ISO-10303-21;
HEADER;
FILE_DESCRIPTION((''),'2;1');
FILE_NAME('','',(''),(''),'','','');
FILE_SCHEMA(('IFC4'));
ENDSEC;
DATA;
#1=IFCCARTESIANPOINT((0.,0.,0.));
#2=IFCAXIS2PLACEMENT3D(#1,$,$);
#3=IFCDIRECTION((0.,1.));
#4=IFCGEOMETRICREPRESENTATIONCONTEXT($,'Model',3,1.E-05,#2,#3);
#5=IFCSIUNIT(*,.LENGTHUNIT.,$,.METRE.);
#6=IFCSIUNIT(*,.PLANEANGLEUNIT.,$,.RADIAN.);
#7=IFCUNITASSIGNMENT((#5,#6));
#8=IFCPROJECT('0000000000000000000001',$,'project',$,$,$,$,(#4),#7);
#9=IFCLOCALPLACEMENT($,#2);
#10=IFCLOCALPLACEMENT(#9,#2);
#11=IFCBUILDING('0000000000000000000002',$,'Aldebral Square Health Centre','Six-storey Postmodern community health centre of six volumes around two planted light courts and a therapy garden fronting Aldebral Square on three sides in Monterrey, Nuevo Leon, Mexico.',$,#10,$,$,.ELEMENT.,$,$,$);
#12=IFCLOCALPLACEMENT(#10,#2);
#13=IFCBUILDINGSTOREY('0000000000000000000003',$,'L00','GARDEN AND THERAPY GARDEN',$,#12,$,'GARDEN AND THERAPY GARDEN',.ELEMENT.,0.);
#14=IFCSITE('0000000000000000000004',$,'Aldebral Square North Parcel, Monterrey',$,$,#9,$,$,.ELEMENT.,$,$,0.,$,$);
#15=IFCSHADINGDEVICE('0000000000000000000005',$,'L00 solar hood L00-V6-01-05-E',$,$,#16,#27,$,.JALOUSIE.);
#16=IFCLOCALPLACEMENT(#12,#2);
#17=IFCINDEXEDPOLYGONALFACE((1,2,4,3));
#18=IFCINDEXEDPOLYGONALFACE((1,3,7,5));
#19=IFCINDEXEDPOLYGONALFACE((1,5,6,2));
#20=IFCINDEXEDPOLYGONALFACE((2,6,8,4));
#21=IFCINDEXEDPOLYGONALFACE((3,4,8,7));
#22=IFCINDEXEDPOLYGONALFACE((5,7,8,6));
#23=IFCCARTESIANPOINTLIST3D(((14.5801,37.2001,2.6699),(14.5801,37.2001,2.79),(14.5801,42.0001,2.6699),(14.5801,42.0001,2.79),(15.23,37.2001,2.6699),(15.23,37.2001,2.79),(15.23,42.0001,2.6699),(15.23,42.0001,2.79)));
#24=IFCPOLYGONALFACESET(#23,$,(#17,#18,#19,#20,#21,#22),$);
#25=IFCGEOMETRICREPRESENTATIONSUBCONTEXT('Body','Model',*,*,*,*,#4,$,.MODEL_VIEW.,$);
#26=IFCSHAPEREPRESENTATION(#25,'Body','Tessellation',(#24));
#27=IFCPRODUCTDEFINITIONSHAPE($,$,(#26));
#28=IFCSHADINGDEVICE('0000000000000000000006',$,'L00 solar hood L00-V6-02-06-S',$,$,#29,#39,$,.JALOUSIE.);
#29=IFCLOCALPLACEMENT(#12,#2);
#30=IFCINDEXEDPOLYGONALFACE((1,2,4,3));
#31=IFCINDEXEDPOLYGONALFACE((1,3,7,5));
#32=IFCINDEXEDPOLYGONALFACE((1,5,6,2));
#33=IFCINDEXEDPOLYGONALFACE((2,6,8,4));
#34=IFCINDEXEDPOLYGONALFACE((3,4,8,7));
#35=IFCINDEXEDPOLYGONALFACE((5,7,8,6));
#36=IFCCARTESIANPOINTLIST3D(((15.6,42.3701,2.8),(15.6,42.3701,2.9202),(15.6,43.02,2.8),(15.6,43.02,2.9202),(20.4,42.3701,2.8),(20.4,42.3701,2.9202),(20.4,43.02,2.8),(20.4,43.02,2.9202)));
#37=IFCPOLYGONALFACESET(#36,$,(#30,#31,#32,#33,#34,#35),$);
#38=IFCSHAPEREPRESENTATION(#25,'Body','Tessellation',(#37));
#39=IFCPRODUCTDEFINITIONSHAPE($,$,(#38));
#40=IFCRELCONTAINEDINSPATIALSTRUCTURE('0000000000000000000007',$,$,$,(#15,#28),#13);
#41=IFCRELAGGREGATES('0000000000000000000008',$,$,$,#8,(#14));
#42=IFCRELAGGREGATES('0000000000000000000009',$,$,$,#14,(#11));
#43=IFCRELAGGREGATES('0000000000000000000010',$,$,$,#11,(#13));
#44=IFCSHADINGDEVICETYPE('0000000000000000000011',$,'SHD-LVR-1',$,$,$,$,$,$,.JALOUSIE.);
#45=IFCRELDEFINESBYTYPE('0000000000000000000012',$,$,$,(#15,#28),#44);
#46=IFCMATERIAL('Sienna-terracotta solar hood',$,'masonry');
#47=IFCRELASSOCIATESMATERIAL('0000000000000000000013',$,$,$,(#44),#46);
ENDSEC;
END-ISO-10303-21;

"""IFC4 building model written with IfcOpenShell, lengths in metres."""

from ifc_helpers import new_model, si_unit, direction, frame, origin, origin_2d, place, context, subcontext, project, spatial, rectangle, extrude, material, type_object, element, save


model = new_model("IFC4")

# Units and contexts
model_context = context("Model", 3, precision=1e-05, world=origin(), true_north=direction((0.0, 1.0)))
body_context = subcontext(model_context, "Body", "Model", "MODEL_VIEW")
ifc_project = project(units=[si_unit("LENGTHUNIT", "METRE"), si_unit("PLANEANGLEUNIT", "RADIAN")], contexts=[model_context])

# Site, building, storey
site_placement = place(None, origin())
site = spatial("IfcSite", under=ifc_project, at=site_placement, Name="Aldebral Square North Parcel, Monterrey", CompositionType="ELEMENT", RefElevation=0.0)
building_placement = place(site_placement, origin())
building = spatial("IfcBuilding", under=site, at=building_placement, Name="Aldebral Square Health Centre", Description="Six-storey Postmodern community health centre of six volumes around two planted light courts and a therapy garden fronting Aldebral Square on three sides in Monterrey, Nuevo Leon, Mexico.", CompositionType="ELEMENT")
storey_placement = place(building_placement, origin())
storey = spatial("IfcBuildingStorey", under=building, at=storey_placement, Name="L00", Description="GARDEN AND THERAPY GARDEN", LongName="GARDEN AND THERAPY GARDEN", CompositionType="ELEMENT", Elevation=0.0)

# Shading devices
ifc_material_1 = material(Name="Sienna-terracotta solar hood", Category="masonry")
shading_device_type = type_object("IfcShadingDeviceType", Name="SHD-LVR-1", PredefinedType="JALOUSIE", material=ifc_material_1)
for number, where, z_axis, x_axis, name in (
    (1, (14.905, 39.6001, 2.6699), (0.0, 0.0, 1.0), (0.0, 1.0, 0.0), "L00 solar hood L00-V6-01-05-E"),
    (2, (18.0, 42.6951, 2.8), (0.0, 0.0, 1.0), (1.0, 0.0, 0.0), "L00 solar hood L00-V6-02-06-S"),
):
    element("IfcShadingDevice", number, at=place(storey_placement, frame(where, z_axis=z_axis, x_axis=x_axis)), inside=storey, type_object=shading_device_type, Name=name, PredefinedType="JALOUSIE", context=body_context, shape_type="SweptSolid", body=[
        extrude(rectangle(XDim=4.8, YDim=0.6499, at=origin_2d()), origin(), (0.0, 0.0, 1.0), 0.1201),
    ])

save(model, "model.ifc")
